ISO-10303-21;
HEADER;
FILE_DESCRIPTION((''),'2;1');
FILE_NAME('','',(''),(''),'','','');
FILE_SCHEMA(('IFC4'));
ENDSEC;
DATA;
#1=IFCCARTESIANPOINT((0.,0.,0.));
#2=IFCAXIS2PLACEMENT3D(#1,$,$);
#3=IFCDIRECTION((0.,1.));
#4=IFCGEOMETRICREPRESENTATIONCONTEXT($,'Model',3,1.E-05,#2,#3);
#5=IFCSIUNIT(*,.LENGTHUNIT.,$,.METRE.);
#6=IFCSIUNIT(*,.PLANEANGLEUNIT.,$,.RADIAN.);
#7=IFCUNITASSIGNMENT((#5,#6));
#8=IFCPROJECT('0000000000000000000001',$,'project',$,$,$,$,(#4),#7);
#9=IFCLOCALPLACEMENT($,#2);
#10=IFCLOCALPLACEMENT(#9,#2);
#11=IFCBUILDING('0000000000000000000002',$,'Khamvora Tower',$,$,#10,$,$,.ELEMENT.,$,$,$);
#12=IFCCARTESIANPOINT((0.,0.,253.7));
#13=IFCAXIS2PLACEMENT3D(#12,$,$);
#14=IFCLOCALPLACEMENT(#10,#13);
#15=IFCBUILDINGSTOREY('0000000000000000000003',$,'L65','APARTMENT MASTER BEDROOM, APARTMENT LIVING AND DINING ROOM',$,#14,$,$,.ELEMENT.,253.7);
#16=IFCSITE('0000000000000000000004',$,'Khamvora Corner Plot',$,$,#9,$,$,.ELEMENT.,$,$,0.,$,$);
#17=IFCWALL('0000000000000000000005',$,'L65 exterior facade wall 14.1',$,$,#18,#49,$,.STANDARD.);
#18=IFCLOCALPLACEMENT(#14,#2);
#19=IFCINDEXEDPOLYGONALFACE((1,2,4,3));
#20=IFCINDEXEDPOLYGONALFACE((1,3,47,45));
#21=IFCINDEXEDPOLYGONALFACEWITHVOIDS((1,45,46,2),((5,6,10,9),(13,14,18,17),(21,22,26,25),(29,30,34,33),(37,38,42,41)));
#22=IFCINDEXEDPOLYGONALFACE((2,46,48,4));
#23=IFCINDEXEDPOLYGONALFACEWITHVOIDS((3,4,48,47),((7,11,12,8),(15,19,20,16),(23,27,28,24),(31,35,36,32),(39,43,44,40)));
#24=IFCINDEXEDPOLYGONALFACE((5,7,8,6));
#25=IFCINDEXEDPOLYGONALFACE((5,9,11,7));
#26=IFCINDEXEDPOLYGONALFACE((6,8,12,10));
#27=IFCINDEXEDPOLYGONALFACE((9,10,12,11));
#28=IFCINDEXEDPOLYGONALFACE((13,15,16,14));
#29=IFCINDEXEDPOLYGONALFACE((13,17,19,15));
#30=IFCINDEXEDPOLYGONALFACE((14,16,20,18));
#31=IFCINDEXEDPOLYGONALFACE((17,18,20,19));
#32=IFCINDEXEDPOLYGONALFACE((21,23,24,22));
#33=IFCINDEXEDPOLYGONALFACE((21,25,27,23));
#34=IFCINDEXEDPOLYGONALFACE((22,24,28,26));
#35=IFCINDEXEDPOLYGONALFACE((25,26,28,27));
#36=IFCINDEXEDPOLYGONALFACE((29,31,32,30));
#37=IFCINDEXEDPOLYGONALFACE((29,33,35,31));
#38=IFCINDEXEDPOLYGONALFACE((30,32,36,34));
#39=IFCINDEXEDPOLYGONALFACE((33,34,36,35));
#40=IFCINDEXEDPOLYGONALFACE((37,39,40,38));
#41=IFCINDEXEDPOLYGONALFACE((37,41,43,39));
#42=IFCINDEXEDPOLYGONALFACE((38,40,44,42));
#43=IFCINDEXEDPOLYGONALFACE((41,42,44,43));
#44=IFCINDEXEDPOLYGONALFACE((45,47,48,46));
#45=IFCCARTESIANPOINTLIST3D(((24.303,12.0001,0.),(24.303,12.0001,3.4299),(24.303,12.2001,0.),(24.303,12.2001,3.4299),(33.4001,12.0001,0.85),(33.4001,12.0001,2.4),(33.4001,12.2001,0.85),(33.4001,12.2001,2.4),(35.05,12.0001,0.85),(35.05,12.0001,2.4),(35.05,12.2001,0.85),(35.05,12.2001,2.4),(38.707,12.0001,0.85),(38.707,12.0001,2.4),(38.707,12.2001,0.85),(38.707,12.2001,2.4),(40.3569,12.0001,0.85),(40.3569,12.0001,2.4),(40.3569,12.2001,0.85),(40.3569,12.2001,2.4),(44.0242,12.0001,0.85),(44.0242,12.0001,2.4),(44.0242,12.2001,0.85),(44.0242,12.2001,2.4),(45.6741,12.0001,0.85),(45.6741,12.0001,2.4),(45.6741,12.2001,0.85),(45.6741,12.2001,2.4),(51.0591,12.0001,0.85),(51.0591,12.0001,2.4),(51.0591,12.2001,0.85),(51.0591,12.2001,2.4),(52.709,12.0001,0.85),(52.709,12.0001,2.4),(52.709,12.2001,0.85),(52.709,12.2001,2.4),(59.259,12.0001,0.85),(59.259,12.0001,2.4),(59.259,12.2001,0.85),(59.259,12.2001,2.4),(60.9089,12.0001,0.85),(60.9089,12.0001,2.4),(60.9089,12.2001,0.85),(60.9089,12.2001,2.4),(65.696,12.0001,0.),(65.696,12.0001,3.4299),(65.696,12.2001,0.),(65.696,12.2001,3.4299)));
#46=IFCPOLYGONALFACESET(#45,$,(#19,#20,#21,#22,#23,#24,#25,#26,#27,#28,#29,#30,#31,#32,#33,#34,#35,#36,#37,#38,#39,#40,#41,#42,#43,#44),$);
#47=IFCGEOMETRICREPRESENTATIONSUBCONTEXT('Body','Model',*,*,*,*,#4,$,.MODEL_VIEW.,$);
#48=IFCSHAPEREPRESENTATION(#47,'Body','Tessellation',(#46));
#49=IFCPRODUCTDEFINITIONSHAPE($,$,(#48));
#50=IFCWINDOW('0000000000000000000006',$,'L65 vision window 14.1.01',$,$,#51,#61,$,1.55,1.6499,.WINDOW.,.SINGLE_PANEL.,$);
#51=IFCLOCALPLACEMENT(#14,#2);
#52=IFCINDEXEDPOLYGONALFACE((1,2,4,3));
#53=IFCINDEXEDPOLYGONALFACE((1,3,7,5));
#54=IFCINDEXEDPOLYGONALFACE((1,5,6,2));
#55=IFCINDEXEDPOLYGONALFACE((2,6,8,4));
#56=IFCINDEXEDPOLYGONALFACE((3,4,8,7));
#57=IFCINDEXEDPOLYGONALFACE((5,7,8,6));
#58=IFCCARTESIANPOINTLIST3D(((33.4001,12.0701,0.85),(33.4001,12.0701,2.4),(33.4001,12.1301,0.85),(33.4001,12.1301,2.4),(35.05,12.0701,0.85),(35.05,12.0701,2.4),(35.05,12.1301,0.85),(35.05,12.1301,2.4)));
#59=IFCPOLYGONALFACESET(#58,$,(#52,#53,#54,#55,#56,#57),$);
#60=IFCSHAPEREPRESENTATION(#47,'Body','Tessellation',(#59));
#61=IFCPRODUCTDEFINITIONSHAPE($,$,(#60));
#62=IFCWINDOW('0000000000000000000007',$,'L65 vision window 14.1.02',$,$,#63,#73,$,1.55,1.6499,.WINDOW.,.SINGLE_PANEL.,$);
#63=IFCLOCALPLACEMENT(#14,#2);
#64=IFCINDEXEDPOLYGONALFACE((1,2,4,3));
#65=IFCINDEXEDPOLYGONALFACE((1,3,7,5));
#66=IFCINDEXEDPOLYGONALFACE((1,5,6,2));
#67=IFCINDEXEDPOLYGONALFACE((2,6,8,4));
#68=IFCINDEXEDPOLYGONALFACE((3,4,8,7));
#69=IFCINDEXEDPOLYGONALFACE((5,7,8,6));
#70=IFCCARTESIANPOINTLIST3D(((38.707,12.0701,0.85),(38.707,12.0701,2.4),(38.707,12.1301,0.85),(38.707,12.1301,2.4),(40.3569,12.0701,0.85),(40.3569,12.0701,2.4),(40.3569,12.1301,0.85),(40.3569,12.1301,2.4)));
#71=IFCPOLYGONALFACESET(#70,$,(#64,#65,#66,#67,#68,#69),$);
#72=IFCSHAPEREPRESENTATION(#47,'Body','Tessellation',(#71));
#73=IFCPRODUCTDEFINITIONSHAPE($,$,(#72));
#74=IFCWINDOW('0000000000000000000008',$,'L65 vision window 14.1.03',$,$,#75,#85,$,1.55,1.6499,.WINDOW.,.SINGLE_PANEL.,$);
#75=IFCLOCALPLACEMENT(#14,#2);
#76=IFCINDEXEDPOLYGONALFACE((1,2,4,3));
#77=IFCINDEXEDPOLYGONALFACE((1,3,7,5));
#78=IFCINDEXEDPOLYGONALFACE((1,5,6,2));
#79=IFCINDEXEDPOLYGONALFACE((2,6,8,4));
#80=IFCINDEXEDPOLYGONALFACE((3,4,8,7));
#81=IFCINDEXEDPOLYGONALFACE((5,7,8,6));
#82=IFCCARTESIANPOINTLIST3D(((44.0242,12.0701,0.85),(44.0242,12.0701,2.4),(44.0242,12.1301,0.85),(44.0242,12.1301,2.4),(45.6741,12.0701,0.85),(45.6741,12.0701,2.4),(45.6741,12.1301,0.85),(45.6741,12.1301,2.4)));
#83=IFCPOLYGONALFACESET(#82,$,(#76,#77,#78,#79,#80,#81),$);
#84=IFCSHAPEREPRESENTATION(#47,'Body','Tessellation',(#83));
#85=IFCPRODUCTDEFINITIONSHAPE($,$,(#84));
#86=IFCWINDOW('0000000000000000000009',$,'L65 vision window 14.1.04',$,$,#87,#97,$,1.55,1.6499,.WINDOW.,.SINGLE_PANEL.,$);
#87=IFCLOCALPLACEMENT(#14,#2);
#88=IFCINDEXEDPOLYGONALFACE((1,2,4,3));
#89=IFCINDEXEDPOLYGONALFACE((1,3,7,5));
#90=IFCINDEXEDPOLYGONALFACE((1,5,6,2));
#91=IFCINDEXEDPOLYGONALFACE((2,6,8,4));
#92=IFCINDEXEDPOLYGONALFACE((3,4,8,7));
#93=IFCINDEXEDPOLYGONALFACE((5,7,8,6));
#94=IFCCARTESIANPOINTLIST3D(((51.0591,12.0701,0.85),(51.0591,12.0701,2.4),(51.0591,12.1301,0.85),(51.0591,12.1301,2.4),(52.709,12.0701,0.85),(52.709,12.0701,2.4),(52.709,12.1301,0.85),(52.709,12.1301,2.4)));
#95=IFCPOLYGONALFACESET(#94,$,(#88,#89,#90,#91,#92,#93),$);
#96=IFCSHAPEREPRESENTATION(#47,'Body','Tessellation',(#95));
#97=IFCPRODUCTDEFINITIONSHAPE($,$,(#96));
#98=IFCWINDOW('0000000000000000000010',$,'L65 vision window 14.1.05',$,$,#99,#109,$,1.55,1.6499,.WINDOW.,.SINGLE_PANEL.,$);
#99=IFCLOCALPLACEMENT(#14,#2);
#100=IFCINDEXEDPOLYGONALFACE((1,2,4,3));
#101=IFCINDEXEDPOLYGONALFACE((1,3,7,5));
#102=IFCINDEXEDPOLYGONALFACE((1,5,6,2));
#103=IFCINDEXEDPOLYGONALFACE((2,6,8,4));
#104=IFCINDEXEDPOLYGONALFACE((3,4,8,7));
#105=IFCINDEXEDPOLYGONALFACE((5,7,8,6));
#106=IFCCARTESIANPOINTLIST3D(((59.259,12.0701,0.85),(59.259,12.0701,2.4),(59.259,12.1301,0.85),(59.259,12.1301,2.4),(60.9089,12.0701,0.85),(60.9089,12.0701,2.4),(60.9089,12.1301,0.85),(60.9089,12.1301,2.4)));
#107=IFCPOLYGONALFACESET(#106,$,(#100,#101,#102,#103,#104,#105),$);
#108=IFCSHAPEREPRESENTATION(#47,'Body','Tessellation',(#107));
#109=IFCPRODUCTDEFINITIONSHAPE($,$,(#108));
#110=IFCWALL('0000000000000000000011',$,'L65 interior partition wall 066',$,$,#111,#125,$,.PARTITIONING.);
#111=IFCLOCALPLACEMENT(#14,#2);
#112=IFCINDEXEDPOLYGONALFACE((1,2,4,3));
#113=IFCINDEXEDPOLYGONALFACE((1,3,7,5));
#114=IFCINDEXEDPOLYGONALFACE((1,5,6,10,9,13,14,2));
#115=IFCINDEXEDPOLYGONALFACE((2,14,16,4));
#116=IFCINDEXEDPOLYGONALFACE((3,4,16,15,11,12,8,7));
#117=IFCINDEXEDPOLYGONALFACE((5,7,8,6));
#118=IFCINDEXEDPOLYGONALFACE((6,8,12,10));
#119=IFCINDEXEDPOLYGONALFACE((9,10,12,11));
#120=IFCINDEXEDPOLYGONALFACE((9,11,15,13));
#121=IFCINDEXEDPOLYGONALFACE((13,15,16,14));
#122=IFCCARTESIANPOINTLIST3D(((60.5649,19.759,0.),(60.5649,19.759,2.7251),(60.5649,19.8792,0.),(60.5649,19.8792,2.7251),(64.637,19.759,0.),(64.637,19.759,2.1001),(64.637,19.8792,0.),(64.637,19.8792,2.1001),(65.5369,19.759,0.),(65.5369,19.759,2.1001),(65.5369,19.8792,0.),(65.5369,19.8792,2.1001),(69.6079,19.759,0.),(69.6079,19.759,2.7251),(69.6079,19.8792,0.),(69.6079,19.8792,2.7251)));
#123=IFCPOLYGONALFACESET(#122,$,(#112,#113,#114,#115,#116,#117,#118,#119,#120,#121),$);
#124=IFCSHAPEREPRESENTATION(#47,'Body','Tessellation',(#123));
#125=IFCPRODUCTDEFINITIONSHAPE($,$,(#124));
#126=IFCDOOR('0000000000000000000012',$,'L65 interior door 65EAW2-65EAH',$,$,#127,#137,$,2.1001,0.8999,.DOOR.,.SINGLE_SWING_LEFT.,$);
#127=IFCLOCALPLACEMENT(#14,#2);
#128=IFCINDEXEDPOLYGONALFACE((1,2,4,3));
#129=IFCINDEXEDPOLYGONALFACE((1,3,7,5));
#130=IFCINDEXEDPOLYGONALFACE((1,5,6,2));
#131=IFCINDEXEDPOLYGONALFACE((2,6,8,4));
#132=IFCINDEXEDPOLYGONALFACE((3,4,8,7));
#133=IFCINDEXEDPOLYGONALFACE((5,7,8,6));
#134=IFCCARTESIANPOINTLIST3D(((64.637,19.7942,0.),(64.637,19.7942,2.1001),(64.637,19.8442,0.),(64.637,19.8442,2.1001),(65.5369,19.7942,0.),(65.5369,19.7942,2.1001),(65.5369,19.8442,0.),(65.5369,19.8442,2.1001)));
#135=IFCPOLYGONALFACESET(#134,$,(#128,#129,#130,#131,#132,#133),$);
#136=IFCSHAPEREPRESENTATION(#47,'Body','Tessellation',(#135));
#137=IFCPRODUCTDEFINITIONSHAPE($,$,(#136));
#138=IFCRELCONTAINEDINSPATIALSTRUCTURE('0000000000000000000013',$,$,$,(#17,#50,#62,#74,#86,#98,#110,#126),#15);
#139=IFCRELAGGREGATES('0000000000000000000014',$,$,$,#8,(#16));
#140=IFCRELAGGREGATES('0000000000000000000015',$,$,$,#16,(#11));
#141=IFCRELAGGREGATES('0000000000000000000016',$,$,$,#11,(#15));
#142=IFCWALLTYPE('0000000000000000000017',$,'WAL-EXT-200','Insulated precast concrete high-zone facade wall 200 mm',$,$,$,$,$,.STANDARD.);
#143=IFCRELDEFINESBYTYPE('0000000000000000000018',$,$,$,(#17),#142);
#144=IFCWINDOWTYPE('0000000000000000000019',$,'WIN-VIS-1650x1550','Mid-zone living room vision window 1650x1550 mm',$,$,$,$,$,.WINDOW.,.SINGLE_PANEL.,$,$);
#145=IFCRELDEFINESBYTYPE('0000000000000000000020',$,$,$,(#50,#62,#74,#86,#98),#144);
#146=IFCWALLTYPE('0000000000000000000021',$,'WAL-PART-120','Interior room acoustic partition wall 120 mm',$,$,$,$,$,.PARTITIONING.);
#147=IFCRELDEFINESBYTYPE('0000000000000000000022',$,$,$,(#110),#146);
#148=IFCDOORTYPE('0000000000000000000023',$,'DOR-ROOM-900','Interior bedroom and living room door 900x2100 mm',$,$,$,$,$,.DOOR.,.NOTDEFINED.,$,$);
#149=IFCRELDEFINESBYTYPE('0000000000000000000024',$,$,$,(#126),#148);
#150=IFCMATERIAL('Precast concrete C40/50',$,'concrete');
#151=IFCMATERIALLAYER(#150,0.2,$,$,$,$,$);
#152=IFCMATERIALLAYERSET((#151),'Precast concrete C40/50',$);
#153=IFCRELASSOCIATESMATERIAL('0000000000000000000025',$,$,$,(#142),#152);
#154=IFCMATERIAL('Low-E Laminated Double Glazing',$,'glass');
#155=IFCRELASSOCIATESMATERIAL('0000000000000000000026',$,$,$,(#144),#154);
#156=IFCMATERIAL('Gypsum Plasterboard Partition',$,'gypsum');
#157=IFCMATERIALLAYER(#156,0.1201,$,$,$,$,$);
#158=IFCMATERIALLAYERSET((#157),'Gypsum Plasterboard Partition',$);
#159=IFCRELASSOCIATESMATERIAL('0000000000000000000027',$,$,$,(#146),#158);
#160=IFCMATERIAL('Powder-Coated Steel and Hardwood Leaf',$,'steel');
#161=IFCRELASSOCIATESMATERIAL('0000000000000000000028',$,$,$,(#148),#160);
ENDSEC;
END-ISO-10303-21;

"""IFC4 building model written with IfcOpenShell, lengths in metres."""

from ifc_helpers import new_model, si_unit, direction, frame, frame_2d, origin, place, context, subcontext, project, spatial, rectangle, extrude, material, layer, layer_set, type_object, element, fill, save


model = new_model("IFC4")

# Units and contexts
model_context = context("Model", 3, precision=1e-05, world=origin(), true_north=direction((0.0, 1.0)))
body_context = subcontext(model_context, "Body", "Model", "MODEL_VIEW")
ifc_project = project(units=[si_unit("LENGTHUNIT", "METRE"), si_unit("PLANEANGLEUNIT", "RADIAN")], contexts=[model_context])

# Site, building, storey
site_placement = place(None, origin())
site = spatial("IfcSite", under=ifc_project, at=site_placement, Name="Khamvora Corner Plot", CompositionType="ELEMENT", RefElevation=0.0)
building_placement = place(site_placement, origin())
building = spatial("IfcBuilding", under=site, at=building_placement, Name="Khamvora Tower", CompositionType="ELEMENT")
storey_placement = place(building_placement, frame((0.0, 0.0, 253.7)))
storey = spatial("IfcBuildingStorey", under=building, at=storey_placement, Name="L65", Description="APARTMENT MASTER BEDROOM, APARTMENT LIVING AND DINING ROOM", CompositionType="ELEMENT", Elevation=253.7)

# Shared definitions
ifc_material_1 = material(Name="Precast concrete C40/50", Category="concrete")
ifc_layer_1 = layer(ifc_material_1, 0.2)
ifc_layer_set_1 = layer_set([ifc_layer_1], Name="Precast concrete C40/50")
wall_type_1 = type_object("IfcWallType", Name="WAL-EXT-200", Description="Insulated precast concrete high-zone facade wall 200 mm", PredefinedType="STANDARD", material=ifc_layer_set_1)

# Shared definitions
ifc_material_2 = material(Name="Low-E Laminated Double Glazing", Category="glass")
window_type_1 = type_object("IfcWindowType", Name="WIN-VIS-1650x1550", Description="Mid-zone living room vision window 1650x1550 mm", PartitioningType="SINGLE_PANEL", PredefinedType="WINDOW", material=ifc_material_2)

# Wall, openings, windows
wall_1_placement = place(storey_placement, frame((65.696, 12.1001, 0.0), z_axis=(0.0, 0.0, 1.0), x_axis=(-1.0, 0.0, 0.0)))
wall_1 = element("IfcWall", 1, at=wall_1_placement, inside=storey, type_object=wall_type_1, Name="L65 exterior facade wall 14.1", PredefinedType="STANDARD", context=body_context, shape_type="SweptSolid", body=[
    extrude(rectangle(XDim=41.3931, YDim=0.2, at=frame_2d((20.6965, 0.0))), origin(), (0.0, 0.0, 1.0), 3.4299),
])
opening_1_placement = place(wall_1_placement, frame((30.646, 0.0, 0.8501)))
opening_1 = element("IfcOpeningElement", 2, at=opening_1_placement, cuts=wall_1, PredefinedType="OPENING", context=body_context, shape_type="SweptSolid", body=[
    extrude(rectangle(XDim=1.6499, YDim=1.55, at=frame_2d((0.825, 0.7749))), frame((0.0, 0.1099, 0.0), z_axis=(0.0, -1.0, 0.0), x_axis=(1.0, 0.0, 0.0)), (0.0, 0.0, 1.0), 0.22),
])
opening_2_placement = place(wall_1_placement, frame((25.3391, 0.0, 0.8501)))
opening_2 = element("IfcOpeningElement", 3, at=opening_2_placement, cuts=wall_1, PredefinedType="OPENING", context=body_context, shape_type="SweptSolid", body=[
    extrude(rectangle(XDim=1.6499, YDim=1.55, at=frame_2d((0.825, 0.7749))), frame((0.0, 0.1099, 0.0), z_axis=(0.0, -1.0, 0.0), x_axis=(1.0, 0.0, 0.0)), (0.0, 0.0, 1.0), 0.22),
])
opening_3_placement = place(wall_1_placement, frame((20.022, 0.0, 0.8501)))
opening_3 = element("IfcOpeningElement", 4, at=opening_3_placement, cuts=wall_1, PredefinedType="OPENING", context=body_context, shape_type="SweptSolid", body=[
    extrude(rectangle(XDim=1.6499, YDim=1.55, at=frame_2d((0.825, 0.7749))), frame((0.0, 0.1099, 0.0), z_axis=(0.0, -1.0, 0.0), x_axis=(1.0, 0.0, 0.0)), (0.0, 0.0, 1.0), 0.22),
])
opening_4_placement = place(wall_1_placement, frame((12.9871, 0.0, 0.8501)))
opening_4 = element("IfcOpeningElement", 5, at=opening_4_placement, cuts=wall_1, PredefinedType="OPENING", context=body_context, shape_type="SweptSolid", body=[
    extrude(rectangle(XDim=1.6499, YDim=1.55, at=frame_2d((0.825, 0.7749))), frame((0.0, 0.1099, 0.0), z_axis=(0.0, -1.0, 0.0), x_axis=(1.0, 0.0, 0.0)), (0.0, 0.0, 1.0), 0.22),
])
opening_5_placement = place(wall_1_placement, frame((4.7871, 0.0, 0.8501)))
opening_5 = element("IfcOpeningElement", 6, at=opening_5_placement, cuts=wall_1, PredefinedType="OPENING", context=body_context, shape_type="SweptSolid", body=[
    extrude(rectangle(XDim=1.6499, YDim=1.55, at=frame_2d((0.825, 0.7749))), frame((0.0, 0.1099, 0.0), z_axis=(0.0, -1.0, 0.0), x_axis=(1.0, 0.0, 0.0)), (0.0, 0.0, 1.0), 0.22),
])
window_1_placement = place(opening_1_placement, origin())
window_1 = element("IfcWindow", 7, at=window_1_placement, inside=storey, type_object=window_type_1, Name="L65 vision window 14.1.01", OverallHeight=1.55, OverallWidth=1.6499, PartitioningType="SINGLE_PANEL", PredefinedType="WINDOW", context=body_context, shape_type="SweptSolid", body=[
    extrude(rectangle(XDim=1.6499, YDim=1.55, at=frame_2d((0.825, 0.7749))), frame((0.0, 0.03, 0.0), z_axis=(0.0, -1.0, 0.0), x_axis=(1.0, 0.0, 0.0)), (0.0, 0.0, 1.0), 0.0601),
])
fill(opening_1, window_1)
window_2_placement = place(opening_2_placement, origin())
window_2 = element("IfcWindow", 8, at=window_2_placement, inside=storey, type_object=window_type_1, Name="L65 vision window 14.1.02", OverallHeight=1.55, OverallWidth=1.6499, PartitioningType="SINGLE_PANEL", PredefinedType="WINDOW", context=body_context, shape_type="SweptSolid", body=[
    extrude(rectangle(XDim=1.6499, YDim=1.55, at=frame_2d((0.825, 0.7749))), frame((0.0, 0.03, 0.0), z_axis=(0.0, -1.0, 0.0), x_axis=(1.0, 0.0, 0.0)), (0.0, 0.0, 1.0), 0.0601),
])
fill(opening_2, window_2)
window_3_placement = place(opening_3_placement, origin())
window_3 = element("IfcWindow", 9, at=window_3_placement, inside=storey, type_object=window_type_1, Name="L65 vision window 14.1.03", OverallHeight=1.55, OverallWidth=1.6499, PartitioningType="SINGLE_PANEL", PredefinedType="WINDOW", context=body_context, shape_type="SweptSolid", body=[
    extrude(rectangle(XDim=1.6499, YDim=1.55, at=frame_2d((0.825, 0.7749))), frame((0.0, 0.03, 0.0), z_axis=(0.0, -1.0, 0.0), x_axis=(1.0, 0.0, 0.0)), (0.0, 0.0, 1.0), 0.0601),
])
fill(opening_3, window_3)
window_4_placement = place(opening_4_placement, origin())
window_4 = element("IfcWindow", 10, at=window_4_placement, inside=storey, type_object=window_type_1, Name="L65 vision window 14.1.04", OverallHeight=1.55, OverallWidth=1.6499, PartitioningType="SINGLE_PANEL", PredefinedType="WINDOW", context=body_context, shape_type="SweptSolid", body=[
    extrude(rectangle(XDim=1.6499, YDim=1.55, at=frame_2d((0.825, 0.7749))), frame((0.0, 0.03, 0.0), z_axis=(0.0, -1.0, 0.0), x_axis=(1.0, 0.0, 0.0)), (0.0, 0.0, 1.0), 0.0601),
])
fill(opening_4, window_4)
window_5_placement = place(opening_5_placement, origin())
window_5 = element("IfcWindow", 11, at=window_5_placement, inside=storey, type_object=window_type_1, Name="L65 vision window 14.1.05", OverallHeight=1.55, OverallWidth=1.6499, PartitioningType="SINGLE_PANEL", PredefinedType="WINDOW", context=body_context, shape_type="SweptSolid", body=[
    extrude(rectangle(XDim=1.6499, YDim=1.55, at=frame_2d((0.825, 0.7749))), frame((0.0, 0.03, 0.0), z_axis=(0.0, -1.0, 0.0), x_axis=(1.0, 0.0, 0.0)), (0.0, 0.0, 1.0), 0.0601),
])
fill(opening_5, window_5)

# Wall, opening, door
ifc_material_3 = material(Name="Gypsum Plasterboard Partition", Category="gypsum")
ifc_layer_2 = layer(ifc_material_3, 0.1201)
ifc_layer_set_2 = layer_set([ifc_layer_2], Name="Gypsum Plasterboard Partition")
wall_type_2 = type_object("IfcWallType", Name="WAL-PART-120", Description="Interior room acoustic partition wall 120 mm", PredefinedType="PARTITIONING", material=ifc_layer_set_2)
wall_2_placement = place(storey_placement, frame((69.6079, 19.8191, 0.0), z_axis=(0.0, 0.0, 1.0), x_axis=(-1.0, 0.0, 0.0)))
wall_2 = element("IfcWall", 12, at=wall_2_placement, inside=storey, type_object=wall_type_2, Name="L65 interior partition wall 066", PredefinedType="PARTITIONING", context=body_context, shape_type="SweptSolid", body=[
    extrude(rectangle(XDim=9.043, YDim=0.1201, at=frame_2d((4.5215, 0.0))), origin(), (0.0, 0.0, 1.0), 2.7251),
])
opening_6_placement = place(wall_2_placement, frame((4.071, 0.0, 0.0)))
opening_6 = element("IfcOpeningElement", 13, at=opening_6_placement, cuts=wall_2, PredefinedType="OPENING", context=body_context, shape_type="SweptSolid", body=[
    extrude(rectangle(XDim=0.8999, YDim=2.1001, at=frame_2d((0.45, 1.05))), frame((0.0, 0.0701, 0.0), z_axis=(0.0, -1.0, 0.0), x_axis=(1.0, 0.0, 0.0)), (0.0, 0.0, 1.0), 0.1401),
])
ifc_material_4 = material(Name="Powder-Coated Steel and Hardwood Leaf", Category="steel")
door_type = type_object("IfcDoorType", Name="DOR-ROOM-900", Description="Interior bedroom and living room door 900x2100 mm", OperationType="NOTDEFINED", PredefinedType="DOOR", material=ifc_material_4)
door_1_placement = place(opening_6_placement, origin())
door_1 = element("IfcDoor", 14, at=door_1_placement, inside=storey, type_object=door_type, Name="L65 interior door 65EAW2-65EAH", OperationType="SINGLE_SWING_LEFT", OverallHeight=2.1001, OverallWidth=0.8999, PredefinedType="DOOR", context=body_context, shape_type="SweptSolid", body=[
    extrude(rectangle(XDim=0.8999, YDim=2.1001, at=frame_2d((0.45, 1.05))), frame((0.0, 0.0249, 0.0), z_axis=(0.0, -1.0, 0.0), x_axis=(1.0, 0.0, 0.0)), (0.0, 0.0, 1.0), 0.05),
])
fill(opening_6, door_1)

save(model, "model.ifc")
